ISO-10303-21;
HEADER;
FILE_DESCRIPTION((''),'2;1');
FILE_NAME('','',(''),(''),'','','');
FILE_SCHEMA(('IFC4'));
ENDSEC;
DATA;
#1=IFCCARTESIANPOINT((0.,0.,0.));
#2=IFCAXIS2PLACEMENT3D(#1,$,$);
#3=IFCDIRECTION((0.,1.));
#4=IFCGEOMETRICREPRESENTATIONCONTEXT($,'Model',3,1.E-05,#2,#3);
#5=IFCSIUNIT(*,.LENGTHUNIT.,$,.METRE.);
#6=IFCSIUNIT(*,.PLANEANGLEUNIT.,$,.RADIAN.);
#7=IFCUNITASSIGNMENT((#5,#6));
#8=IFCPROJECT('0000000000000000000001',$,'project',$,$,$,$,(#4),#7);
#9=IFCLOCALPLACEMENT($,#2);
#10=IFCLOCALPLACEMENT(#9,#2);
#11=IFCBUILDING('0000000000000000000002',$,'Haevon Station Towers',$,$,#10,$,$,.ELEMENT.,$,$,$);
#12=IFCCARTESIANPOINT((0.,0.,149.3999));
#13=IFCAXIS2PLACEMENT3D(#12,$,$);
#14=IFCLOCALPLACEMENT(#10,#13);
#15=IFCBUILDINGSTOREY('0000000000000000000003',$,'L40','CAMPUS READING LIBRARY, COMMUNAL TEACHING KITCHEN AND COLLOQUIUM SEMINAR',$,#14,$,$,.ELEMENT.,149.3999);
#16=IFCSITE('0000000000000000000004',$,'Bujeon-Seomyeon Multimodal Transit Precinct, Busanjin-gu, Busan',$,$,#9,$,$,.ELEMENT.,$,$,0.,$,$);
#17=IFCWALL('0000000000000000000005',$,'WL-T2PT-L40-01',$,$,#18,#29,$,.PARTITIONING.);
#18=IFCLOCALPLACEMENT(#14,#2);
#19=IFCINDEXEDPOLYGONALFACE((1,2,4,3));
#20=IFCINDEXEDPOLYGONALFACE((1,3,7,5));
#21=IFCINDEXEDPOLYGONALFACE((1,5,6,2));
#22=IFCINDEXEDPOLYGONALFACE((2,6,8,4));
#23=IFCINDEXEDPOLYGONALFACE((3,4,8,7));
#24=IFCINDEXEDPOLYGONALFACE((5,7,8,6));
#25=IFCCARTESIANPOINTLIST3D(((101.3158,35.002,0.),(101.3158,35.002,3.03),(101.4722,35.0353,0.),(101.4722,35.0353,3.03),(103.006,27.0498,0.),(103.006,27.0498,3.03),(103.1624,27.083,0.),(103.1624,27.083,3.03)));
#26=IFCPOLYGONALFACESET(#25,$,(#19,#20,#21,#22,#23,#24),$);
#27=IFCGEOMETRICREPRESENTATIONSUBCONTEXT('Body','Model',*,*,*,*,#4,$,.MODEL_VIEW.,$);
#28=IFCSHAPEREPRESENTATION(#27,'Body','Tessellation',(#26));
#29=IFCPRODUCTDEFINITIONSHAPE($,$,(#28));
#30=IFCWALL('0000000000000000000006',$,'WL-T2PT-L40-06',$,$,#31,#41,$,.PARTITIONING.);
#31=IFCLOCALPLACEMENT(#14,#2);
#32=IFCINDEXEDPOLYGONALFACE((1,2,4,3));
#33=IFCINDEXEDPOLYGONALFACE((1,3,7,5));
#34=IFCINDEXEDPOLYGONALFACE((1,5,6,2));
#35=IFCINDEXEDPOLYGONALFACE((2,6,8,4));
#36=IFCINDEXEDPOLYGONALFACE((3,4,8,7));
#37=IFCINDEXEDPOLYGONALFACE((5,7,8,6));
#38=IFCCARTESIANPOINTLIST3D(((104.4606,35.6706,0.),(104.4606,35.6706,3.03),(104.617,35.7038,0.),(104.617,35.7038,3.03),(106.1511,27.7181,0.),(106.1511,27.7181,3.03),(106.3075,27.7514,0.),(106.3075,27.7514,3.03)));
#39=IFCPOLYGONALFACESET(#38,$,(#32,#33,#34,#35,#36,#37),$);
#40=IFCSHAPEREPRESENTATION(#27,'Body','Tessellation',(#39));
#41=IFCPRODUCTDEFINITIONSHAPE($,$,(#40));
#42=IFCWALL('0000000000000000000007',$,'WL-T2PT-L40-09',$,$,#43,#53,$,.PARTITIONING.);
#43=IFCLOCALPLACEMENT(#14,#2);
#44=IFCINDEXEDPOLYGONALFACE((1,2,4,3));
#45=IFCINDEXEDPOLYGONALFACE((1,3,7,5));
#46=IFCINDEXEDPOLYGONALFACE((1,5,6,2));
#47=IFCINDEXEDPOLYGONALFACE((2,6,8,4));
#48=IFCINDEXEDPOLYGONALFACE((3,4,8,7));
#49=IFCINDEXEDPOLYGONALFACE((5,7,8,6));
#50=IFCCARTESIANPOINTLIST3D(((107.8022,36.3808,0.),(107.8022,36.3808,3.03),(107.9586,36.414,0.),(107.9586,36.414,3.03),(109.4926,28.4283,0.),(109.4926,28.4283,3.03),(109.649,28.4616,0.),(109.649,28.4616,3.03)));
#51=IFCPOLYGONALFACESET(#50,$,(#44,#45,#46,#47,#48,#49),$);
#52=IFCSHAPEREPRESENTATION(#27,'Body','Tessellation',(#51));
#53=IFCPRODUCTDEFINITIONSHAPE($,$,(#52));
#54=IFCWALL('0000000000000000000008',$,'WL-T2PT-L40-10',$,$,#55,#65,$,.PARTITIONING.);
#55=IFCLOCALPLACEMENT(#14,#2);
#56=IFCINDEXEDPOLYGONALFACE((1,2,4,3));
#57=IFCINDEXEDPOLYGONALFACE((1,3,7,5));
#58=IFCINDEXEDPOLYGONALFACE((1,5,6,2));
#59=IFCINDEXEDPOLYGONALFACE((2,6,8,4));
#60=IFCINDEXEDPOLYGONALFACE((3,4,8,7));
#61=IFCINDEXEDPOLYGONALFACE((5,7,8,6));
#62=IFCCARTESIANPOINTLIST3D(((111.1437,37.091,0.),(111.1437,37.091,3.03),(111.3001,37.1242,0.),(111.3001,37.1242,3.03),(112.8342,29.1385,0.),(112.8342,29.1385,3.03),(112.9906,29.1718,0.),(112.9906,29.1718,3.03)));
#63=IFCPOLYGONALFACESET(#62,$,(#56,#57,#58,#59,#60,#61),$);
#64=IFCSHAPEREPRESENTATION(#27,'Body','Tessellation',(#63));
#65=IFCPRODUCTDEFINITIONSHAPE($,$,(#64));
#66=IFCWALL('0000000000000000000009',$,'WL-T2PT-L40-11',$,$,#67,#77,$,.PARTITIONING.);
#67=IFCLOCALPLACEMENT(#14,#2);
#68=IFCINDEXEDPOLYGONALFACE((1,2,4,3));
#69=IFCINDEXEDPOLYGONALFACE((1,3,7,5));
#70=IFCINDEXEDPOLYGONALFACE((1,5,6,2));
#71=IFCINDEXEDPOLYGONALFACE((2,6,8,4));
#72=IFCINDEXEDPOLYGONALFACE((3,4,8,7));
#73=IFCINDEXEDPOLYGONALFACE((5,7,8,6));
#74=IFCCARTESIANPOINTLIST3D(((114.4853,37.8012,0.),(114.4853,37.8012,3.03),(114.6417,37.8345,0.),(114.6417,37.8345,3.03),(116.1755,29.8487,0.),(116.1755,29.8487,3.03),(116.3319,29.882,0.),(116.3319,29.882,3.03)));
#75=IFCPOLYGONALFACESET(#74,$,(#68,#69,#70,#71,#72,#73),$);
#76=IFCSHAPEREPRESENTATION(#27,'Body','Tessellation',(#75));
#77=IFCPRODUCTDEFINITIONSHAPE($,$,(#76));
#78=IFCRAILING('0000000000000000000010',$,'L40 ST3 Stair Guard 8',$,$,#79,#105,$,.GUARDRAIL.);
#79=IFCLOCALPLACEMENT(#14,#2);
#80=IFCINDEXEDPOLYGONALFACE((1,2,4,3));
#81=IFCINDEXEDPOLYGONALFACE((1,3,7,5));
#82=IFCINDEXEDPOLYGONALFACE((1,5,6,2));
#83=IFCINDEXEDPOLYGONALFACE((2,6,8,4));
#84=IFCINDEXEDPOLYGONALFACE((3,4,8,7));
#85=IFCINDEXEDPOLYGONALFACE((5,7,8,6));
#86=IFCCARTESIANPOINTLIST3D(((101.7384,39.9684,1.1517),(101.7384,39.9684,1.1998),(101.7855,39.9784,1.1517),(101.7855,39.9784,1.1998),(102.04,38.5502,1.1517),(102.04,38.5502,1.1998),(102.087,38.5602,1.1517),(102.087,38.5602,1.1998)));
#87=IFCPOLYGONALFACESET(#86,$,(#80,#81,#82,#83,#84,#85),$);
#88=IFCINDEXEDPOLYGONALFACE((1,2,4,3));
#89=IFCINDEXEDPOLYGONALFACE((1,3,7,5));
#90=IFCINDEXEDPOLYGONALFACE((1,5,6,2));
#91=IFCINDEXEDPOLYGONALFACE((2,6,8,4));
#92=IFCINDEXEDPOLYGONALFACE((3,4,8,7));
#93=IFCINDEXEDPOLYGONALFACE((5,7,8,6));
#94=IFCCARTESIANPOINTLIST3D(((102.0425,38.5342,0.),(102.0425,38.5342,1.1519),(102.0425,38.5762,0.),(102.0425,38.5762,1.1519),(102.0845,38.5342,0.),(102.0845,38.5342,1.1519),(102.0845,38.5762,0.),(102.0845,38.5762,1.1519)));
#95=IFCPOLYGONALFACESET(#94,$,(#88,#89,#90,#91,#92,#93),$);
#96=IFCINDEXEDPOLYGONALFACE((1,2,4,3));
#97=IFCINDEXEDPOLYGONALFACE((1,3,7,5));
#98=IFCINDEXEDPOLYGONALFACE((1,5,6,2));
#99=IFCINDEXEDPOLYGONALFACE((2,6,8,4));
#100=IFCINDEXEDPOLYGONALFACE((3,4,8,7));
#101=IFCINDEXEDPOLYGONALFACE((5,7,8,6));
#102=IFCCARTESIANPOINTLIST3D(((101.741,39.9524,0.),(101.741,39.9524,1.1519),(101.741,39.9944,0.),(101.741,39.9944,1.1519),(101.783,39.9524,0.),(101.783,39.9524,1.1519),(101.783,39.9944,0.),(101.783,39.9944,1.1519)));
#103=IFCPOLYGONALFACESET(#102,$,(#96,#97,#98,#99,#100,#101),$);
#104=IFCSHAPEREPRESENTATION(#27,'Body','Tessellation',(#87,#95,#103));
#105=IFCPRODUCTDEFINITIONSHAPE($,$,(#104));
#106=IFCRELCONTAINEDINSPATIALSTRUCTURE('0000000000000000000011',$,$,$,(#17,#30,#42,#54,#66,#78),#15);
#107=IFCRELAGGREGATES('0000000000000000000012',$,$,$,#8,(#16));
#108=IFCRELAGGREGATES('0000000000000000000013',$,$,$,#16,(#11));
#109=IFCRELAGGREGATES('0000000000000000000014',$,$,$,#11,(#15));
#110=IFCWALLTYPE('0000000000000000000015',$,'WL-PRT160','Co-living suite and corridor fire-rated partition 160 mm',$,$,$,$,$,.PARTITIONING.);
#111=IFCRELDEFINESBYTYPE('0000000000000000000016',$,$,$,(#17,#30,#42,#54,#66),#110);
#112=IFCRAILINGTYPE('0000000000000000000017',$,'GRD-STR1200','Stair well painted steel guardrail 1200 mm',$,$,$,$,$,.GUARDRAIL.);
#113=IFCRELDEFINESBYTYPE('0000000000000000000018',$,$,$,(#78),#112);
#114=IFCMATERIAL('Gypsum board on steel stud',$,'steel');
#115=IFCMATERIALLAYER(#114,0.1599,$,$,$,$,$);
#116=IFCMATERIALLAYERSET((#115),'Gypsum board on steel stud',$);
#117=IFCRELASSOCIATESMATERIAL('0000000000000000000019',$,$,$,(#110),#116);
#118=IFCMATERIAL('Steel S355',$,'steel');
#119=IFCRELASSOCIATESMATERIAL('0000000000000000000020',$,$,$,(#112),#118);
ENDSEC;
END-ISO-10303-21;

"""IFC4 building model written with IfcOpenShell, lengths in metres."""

from ifc_helpers import new_model, si_unit, direction, frame, frame_2d, origin, origin_2d, place, context, subcontext, project, spatial, rectangle, extrude, material, layer, layer_set, type_object, element, save


model = new_model("IFC4")

# Units and contexts
model_context = context("Model", 3, precision=1e-05, world=origin(), true_north=direction((0.0, 1.0)))
body_context = subcontext(model_context, "Body", "Model", "MODEL_VIEW")
ifc_project = project(units=[si_unit("LENGTHUNIT", "METRE"), si_unit("PLANEANGLEUNIT", "RADIAN")], contexts=[model_context])

# Site, building, storey
site_placement = place(None, origin())
site = spatial("IfcSite", under=ifc_project, at=site_placement, Name="Bujeon-Seomyeon Multimodal Transit Precinct, Busanjin-gu, Busan", CompositionType="ELEMENT", RefElevation=0.0)
building_placement = place(site_placement, origin())
building = spatial("IfcBuilding", under=site, at=building_placement, Name="Haevon Station Towers", CompositionType="ELEMENT")
storey_placement = place(building_placement, frame((0.0, 0.0, 149.3999)))
storey = spatial("IfcBuildingStorey", under=building, at=storey_placement, Name="L40", Description="CAMPUS READING LIBRARY, COMMUNAL TEACHING KITCHEN AND COLLOQUIUM SEMINAR", CompositionType="ELEMENT", Elevation=149.3999)

# Shared definitions
ifc_material_1 = material(Name="Steel S355", Category="steel")

# Shared definitions
ifc_material_2 = material(Name="Gypsum board on steel stud", Category="steel")

# Walls
ifc_layer_1 = layer(ifc_material_2, 0.1599)
ifc_layer_set_1 = layer_set([ifc_layer_1], Name="Gypsum board on steel stud")
wall_type_1 = type_object("IfcWallType", Name="WL-PRT160", Description="Co-living suite and corridor fire-rated partition 160 mm", PredefinedType="PARTITIONING", material=ifc_layer_set_1)
wall_1_placement = place(storey_placement, frame((103.0842, 27.0664, 0.0), z_axis=(0.0, 0.0, 1.0), x_axis=(-0.2079, 0.97815, 0.0)))
element("IfcWall", 1, at=wall_1_placement, inside=storey, type_object=wall_type_1, Name="WL-T2PT-L40-01", PredefinedType="PARTITIONING", context=body_context, shape_type="SweptSolid", body=[
    extrude(rectangle(XDim=8.1299, YDim=0.1599, at=frame_2d((4.0649, 0.0))), origin(), (0.0, 0.0, 1.0), 3.03),
])
for number, where, z_axis, x_axis, name in (
    (2, (106.2292, 27.7349, 0.0), (0.0, 0.0, 1.0), (-0.207923, 0.978145, 0.0), "WL-T2PT-L40-06"),
    (3, (109.5708, 28.4451, 0.0), (0.0, 0.0, 1.0), (-0.207923, 0.978145, 0.0), "WL-T2PT-L40-09"),
    (4, (112.9124, 29.1553, 0.0), (0.0, 0.0, 1.0), (-0.207923, 0.978145, 0.0), "WL-T2PT-L40-10"),
    (5, (116.2537, 29.8655, 0.0), (0.0, 0.0, 1.0), (-0.207894, 0.978151, 0.0), "WL-T2PT-L40-11"),
):
    element("IfcWall", number, at=place(storey_placement, frame(where, z_axis=z_axis, x_axis=x_axis)), inside=storey, type_object=wall_type_1, Name=name, PredefinedType="PARTITIONING", context=body_context, shape_type="SweptSolid", body=[
        extrude(rectangle(XDim=8.1301, YDim=0.1599, at=frame_2d((4.0649, 0.0))), origin(), (0.0, 0.0, 1.0), 3.03),
    ])

# Railing
railing_type = type_object("IfcRailingType", Name="GRD-STR1200", Description="Stair well painted steel guardrail 1200 mm", PredefinedType="GUARDRAIL", material=ifc_material_1)
railing_placement = place(storey_placement, frame((102.0635, 38.5552, 0.0)))
element("IfcRailing", 6, at=railing_placement, inside=storey, type_object=railing_type, Name="L40 ST3 Stair Guard 8", PredefinedType="GUARDRAIL", context=body_context, shape_type="SweptSolid", body=[
    extrude(rectangle(XDim=0.0481, YDim=0.0481, at=origin_2d()), frame((0.0, 0.0, 1.1758), z_axis=(-0.207953, 0.978139, 0.0), x_axis=(-0.978139, -0.207953, 0.0)), (0.0, 0.0, 1.0), 1.45),
    extrude(rectangle(XDim=0.042, YDim=0.042, at=origin_2d()), origin(), (0.0, 0.0, 1.0), 1.1519),
    extrude(rectangle(XDim=0.042, YDim=0.042, at=origin_2d()), frame((-0.3015, 1.4182, 0.0)), (0.0, 0.0, 1.0), 1.1519),
])

save(model, "model.ifc")
